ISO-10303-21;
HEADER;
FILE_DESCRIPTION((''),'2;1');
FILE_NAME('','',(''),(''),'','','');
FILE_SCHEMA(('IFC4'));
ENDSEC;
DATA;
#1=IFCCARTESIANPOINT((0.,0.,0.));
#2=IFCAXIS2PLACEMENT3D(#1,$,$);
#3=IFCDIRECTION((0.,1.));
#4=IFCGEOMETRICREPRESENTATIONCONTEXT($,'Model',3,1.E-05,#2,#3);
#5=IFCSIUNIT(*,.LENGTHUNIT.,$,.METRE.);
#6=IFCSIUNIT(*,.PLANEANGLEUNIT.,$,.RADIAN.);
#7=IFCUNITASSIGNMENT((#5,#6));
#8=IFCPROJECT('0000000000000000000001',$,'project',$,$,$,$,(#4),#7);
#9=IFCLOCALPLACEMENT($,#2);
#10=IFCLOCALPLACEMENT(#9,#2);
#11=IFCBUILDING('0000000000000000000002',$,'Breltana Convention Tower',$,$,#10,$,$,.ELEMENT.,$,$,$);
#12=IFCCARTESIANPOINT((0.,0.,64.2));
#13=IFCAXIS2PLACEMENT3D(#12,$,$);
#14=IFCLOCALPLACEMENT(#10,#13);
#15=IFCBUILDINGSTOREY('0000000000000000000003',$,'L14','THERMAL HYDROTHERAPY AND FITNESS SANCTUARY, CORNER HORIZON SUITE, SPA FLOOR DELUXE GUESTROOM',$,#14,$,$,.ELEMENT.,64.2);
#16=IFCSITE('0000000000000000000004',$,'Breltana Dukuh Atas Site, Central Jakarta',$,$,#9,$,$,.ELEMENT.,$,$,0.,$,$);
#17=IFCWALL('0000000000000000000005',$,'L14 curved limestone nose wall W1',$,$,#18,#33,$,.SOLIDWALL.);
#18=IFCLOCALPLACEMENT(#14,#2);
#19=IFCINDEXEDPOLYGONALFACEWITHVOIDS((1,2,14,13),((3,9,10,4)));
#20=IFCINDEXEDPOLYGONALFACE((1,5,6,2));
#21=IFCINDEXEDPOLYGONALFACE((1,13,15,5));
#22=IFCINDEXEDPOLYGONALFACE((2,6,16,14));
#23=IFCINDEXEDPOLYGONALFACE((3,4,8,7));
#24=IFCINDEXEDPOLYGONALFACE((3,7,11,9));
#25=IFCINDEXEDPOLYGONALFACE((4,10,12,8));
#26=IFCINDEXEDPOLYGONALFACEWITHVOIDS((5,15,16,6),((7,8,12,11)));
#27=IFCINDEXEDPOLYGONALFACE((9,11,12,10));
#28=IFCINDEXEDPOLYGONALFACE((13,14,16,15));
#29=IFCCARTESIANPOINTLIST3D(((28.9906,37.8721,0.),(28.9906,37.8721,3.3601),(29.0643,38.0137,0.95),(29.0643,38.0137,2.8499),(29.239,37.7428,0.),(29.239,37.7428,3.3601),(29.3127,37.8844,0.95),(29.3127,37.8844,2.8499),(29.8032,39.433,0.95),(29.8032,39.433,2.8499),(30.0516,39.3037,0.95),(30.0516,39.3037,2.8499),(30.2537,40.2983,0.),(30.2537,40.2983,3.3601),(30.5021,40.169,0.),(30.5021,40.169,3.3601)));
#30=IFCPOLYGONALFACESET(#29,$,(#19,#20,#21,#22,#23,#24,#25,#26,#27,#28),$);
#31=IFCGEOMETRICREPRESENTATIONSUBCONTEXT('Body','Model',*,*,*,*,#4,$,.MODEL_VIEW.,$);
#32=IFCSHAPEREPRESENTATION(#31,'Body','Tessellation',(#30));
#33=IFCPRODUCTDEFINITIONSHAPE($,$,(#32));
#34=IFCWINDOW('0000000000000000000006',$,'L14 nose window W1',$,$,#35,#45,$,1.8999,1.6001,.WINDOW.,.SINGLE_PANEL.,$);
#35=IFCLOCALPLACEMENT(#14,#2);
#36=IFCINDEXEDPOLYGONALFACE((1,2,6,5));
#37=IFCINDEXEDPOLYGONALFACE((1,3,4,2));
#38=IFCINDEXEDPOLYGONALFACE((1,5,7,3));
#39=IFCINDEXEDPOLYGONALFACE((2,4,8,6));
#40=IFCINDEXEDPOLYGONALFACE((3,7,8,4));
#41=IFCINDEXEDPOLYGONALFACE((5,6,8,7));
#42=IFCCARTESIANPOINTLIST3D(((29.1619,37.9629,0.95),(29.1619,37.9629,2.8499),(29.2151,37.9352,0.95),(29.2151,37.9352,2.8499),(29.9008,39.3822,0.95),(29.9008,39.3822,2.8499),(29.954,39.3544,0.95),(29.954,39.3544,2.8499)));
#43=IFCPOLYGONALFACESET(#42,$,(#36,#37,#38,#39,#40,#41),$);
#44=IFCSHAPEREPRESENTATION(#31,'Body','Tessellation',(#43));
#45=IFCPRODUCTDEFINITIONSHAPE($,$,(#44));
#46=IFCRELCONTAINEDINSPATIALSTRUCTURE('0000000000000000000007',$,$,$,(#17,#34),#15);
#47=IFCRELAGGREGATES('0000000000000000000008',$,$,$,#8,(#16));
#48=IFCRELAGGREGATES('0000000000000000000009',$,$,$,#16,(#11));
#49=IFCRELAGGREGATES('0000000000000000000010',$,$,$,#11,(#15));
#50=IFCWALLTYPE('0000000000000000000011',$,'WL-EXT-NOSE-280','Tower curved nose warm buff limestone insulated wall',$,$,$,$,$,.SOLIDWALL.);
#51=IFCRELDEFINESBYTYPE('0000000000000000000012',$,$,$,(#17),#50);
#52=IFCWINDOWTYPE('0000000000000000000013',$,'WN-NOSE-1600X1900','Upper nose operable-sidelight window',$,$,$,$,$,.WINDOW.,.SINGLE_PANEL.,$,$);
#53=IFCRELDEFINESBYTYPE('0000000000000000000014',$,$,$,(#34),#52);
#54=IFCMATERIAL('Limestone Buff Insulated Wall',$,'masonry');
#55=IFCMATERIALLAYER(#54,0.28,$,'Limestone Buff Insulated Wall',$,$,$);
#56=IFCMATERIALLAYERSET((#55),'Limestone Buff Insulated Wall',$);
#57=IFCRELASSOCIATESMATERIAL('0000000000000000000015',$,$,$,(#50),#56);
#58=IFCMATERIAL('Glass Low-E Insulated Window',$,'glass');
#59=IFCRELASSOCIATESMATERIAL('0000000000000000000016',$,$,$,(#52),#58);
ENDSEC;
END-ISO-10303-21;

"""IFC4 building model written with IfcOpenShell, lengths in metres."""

from ifc_helpers import new_model, si_unit, direction, frame, frame_2d, origin, place, context, subcontext, project, spatial, rectangle, extrude, source, transform, mapped, material, layer, layer_set, type_object, type_shapes, element, fill, save


model = new_model("IFC4")

# Units and contexts
model_context = context("Model", 3, precision=1e-05, world=origin(), true_north=direction((0.0, 1.0)))
body_context = subcontext(model_context, "Body", "Model", "MODEL_VIEW")
ifc_project = project(units=[si_unit("LENGTHUNIT", "METRE"), si_unit("PLANEANGLEUNIT", "RADIAN")], contexts=[model_context])

# Site, building, storey
site_placement = place(None, origin())
site = spatial("IfcSite", under=ifc_project, at=site_placement, Name="Breltana Dukuh Atas Site, Central Jakarta", CompositionType="ELEMENT", RefElevation=0.0)
building_placement = place(site_placement, origin())
building = spatial("IfcBuilding", under=site, at=building_placement, Name="Breltana Convention Tower", CompositionType="ELEMENT")
storey_placement = place(building_placement, frame((0.0, 0.0, 64.2)))
storey = spatial("IfcBuildingStorey", under=building, at=storey_placement, Name="L14", Description="THERMAL HYDROTHERAPY AND FITNESS SANCTUARY, CORNER HORIZON SUITE, SPA FLOOR DELUXE GUESTROOM", CompositionType="ELEMENT", Elevation=64.2)

# Wall, opening, window
ifc_material_1 = material(Name="Limestone Buff Insulated Wall", Category="masonry")
ifc_layer_1 = layer(ifc_material_1, 0.28, Name="Limestone Buff Insulated Wall")
ifc_layer_set_1 = layer_set([ifc_layer_1], Name="Limestone Buff Insulated Wall")
wall_type = type_object("IfcWallType", Name="WL-EXT-NOSE-280", Description="Tower curved nose warm buff limestone insulated wall", PredefinedType="SOLIDWALL", material=ifc_layer_set_1)
ifc_material_2 = material(Name="Glass Low-E Insulated Window", Category="glass")
window_type = type_object("IfcWindowType", Name="WN-NOSE-1600X1900", Description="Upper nose operable-sidelight window", PartitioningType="SINGLE_PANEL", PredefinedType="WINDOW", material=ifc_material_2)
shared_shape_1 = source(origin(), body_context, "Body", "SweptSolid", [
    extrude(rectangle(XDim=1.6001, YDim=1.8999, at=frame_2d((0.8, 0.95))), frame((0.0, 0.03, 0.0), z_axis=(0.0, -1.0, 0.0), x_axis=(1.0, 0.0, 0.0)), (0.0, 0.0, 1.0), 0.0601),
])
type_shapes(window_type, [shared_shape_1])
shared_shape_2 = source(origin(), body_context, "Body", "SweptSolid", [
    extrude(rectangle(XDim=2.7354, YDim=0.28, at=frame_2d((1.3677, 0.0))), origin(), (0.0, 0.0, 1.0), 3.3601),
])
wall_1_placement = place(storey_placement, frame((30.3779, 40.2336, 0.0), z_axis=(0.0, 0.0, 1.0), x_axis=(-0.461791, -0.886989, 0.0)))
wall_1 = element("IfcWall", 1, at=wall_1_placement, inside=storey, type_object=wall_type, Name="L14 curved limestone nose wall W1", PredefinedType="SOLIDWALL", context=body_context, shape_type="MappedRepresentation", body=[
    mapped(shared_shape_2, transform((0.0, 0.0, 0.0), scale=1.0)),
])
opening_1_placement = place(wall_1_placement, frame((0.9756, 0.0, 0.95)))
opening_1 = element("IfcOpeningElement", 2, at=opening_1_placement, cuts=wall_1, PredefinedType="OPENING", context=body_context, shape_type="SweptSolid", body=[
    extrude(rectangle(XDim=1.6001, YDim=1.8999, at=frame_2d((0.8, 0.95))), frame((0.0, 0.1499, 0.0), z_axis=(0.0, -1.0, 0.0), x_axis=(1.0, 0.0, 0.0)), (0.0, 0.0, 1.0), 0.3),
])
window_1_placement = place(opening_1_placement, origin())
window_1 = element("IfcWindow", 3, at=window_1_placement, inside=storey, type_object=window_type, Name="L14 nose window W1", OverallHeight=1.8999, OverallWidth=1.6001, PartitioningType="SINGLE_PANEL", PredefinedType="WINDOW", context=body_context, shape_type="MappedRepresentation", body=[
    mapped(shared_shape_1, transform((0.0, 0.0, 0.0), scale=1.0)),
])
fill(opening_1, window_1)

save(model, "model.ifc")
